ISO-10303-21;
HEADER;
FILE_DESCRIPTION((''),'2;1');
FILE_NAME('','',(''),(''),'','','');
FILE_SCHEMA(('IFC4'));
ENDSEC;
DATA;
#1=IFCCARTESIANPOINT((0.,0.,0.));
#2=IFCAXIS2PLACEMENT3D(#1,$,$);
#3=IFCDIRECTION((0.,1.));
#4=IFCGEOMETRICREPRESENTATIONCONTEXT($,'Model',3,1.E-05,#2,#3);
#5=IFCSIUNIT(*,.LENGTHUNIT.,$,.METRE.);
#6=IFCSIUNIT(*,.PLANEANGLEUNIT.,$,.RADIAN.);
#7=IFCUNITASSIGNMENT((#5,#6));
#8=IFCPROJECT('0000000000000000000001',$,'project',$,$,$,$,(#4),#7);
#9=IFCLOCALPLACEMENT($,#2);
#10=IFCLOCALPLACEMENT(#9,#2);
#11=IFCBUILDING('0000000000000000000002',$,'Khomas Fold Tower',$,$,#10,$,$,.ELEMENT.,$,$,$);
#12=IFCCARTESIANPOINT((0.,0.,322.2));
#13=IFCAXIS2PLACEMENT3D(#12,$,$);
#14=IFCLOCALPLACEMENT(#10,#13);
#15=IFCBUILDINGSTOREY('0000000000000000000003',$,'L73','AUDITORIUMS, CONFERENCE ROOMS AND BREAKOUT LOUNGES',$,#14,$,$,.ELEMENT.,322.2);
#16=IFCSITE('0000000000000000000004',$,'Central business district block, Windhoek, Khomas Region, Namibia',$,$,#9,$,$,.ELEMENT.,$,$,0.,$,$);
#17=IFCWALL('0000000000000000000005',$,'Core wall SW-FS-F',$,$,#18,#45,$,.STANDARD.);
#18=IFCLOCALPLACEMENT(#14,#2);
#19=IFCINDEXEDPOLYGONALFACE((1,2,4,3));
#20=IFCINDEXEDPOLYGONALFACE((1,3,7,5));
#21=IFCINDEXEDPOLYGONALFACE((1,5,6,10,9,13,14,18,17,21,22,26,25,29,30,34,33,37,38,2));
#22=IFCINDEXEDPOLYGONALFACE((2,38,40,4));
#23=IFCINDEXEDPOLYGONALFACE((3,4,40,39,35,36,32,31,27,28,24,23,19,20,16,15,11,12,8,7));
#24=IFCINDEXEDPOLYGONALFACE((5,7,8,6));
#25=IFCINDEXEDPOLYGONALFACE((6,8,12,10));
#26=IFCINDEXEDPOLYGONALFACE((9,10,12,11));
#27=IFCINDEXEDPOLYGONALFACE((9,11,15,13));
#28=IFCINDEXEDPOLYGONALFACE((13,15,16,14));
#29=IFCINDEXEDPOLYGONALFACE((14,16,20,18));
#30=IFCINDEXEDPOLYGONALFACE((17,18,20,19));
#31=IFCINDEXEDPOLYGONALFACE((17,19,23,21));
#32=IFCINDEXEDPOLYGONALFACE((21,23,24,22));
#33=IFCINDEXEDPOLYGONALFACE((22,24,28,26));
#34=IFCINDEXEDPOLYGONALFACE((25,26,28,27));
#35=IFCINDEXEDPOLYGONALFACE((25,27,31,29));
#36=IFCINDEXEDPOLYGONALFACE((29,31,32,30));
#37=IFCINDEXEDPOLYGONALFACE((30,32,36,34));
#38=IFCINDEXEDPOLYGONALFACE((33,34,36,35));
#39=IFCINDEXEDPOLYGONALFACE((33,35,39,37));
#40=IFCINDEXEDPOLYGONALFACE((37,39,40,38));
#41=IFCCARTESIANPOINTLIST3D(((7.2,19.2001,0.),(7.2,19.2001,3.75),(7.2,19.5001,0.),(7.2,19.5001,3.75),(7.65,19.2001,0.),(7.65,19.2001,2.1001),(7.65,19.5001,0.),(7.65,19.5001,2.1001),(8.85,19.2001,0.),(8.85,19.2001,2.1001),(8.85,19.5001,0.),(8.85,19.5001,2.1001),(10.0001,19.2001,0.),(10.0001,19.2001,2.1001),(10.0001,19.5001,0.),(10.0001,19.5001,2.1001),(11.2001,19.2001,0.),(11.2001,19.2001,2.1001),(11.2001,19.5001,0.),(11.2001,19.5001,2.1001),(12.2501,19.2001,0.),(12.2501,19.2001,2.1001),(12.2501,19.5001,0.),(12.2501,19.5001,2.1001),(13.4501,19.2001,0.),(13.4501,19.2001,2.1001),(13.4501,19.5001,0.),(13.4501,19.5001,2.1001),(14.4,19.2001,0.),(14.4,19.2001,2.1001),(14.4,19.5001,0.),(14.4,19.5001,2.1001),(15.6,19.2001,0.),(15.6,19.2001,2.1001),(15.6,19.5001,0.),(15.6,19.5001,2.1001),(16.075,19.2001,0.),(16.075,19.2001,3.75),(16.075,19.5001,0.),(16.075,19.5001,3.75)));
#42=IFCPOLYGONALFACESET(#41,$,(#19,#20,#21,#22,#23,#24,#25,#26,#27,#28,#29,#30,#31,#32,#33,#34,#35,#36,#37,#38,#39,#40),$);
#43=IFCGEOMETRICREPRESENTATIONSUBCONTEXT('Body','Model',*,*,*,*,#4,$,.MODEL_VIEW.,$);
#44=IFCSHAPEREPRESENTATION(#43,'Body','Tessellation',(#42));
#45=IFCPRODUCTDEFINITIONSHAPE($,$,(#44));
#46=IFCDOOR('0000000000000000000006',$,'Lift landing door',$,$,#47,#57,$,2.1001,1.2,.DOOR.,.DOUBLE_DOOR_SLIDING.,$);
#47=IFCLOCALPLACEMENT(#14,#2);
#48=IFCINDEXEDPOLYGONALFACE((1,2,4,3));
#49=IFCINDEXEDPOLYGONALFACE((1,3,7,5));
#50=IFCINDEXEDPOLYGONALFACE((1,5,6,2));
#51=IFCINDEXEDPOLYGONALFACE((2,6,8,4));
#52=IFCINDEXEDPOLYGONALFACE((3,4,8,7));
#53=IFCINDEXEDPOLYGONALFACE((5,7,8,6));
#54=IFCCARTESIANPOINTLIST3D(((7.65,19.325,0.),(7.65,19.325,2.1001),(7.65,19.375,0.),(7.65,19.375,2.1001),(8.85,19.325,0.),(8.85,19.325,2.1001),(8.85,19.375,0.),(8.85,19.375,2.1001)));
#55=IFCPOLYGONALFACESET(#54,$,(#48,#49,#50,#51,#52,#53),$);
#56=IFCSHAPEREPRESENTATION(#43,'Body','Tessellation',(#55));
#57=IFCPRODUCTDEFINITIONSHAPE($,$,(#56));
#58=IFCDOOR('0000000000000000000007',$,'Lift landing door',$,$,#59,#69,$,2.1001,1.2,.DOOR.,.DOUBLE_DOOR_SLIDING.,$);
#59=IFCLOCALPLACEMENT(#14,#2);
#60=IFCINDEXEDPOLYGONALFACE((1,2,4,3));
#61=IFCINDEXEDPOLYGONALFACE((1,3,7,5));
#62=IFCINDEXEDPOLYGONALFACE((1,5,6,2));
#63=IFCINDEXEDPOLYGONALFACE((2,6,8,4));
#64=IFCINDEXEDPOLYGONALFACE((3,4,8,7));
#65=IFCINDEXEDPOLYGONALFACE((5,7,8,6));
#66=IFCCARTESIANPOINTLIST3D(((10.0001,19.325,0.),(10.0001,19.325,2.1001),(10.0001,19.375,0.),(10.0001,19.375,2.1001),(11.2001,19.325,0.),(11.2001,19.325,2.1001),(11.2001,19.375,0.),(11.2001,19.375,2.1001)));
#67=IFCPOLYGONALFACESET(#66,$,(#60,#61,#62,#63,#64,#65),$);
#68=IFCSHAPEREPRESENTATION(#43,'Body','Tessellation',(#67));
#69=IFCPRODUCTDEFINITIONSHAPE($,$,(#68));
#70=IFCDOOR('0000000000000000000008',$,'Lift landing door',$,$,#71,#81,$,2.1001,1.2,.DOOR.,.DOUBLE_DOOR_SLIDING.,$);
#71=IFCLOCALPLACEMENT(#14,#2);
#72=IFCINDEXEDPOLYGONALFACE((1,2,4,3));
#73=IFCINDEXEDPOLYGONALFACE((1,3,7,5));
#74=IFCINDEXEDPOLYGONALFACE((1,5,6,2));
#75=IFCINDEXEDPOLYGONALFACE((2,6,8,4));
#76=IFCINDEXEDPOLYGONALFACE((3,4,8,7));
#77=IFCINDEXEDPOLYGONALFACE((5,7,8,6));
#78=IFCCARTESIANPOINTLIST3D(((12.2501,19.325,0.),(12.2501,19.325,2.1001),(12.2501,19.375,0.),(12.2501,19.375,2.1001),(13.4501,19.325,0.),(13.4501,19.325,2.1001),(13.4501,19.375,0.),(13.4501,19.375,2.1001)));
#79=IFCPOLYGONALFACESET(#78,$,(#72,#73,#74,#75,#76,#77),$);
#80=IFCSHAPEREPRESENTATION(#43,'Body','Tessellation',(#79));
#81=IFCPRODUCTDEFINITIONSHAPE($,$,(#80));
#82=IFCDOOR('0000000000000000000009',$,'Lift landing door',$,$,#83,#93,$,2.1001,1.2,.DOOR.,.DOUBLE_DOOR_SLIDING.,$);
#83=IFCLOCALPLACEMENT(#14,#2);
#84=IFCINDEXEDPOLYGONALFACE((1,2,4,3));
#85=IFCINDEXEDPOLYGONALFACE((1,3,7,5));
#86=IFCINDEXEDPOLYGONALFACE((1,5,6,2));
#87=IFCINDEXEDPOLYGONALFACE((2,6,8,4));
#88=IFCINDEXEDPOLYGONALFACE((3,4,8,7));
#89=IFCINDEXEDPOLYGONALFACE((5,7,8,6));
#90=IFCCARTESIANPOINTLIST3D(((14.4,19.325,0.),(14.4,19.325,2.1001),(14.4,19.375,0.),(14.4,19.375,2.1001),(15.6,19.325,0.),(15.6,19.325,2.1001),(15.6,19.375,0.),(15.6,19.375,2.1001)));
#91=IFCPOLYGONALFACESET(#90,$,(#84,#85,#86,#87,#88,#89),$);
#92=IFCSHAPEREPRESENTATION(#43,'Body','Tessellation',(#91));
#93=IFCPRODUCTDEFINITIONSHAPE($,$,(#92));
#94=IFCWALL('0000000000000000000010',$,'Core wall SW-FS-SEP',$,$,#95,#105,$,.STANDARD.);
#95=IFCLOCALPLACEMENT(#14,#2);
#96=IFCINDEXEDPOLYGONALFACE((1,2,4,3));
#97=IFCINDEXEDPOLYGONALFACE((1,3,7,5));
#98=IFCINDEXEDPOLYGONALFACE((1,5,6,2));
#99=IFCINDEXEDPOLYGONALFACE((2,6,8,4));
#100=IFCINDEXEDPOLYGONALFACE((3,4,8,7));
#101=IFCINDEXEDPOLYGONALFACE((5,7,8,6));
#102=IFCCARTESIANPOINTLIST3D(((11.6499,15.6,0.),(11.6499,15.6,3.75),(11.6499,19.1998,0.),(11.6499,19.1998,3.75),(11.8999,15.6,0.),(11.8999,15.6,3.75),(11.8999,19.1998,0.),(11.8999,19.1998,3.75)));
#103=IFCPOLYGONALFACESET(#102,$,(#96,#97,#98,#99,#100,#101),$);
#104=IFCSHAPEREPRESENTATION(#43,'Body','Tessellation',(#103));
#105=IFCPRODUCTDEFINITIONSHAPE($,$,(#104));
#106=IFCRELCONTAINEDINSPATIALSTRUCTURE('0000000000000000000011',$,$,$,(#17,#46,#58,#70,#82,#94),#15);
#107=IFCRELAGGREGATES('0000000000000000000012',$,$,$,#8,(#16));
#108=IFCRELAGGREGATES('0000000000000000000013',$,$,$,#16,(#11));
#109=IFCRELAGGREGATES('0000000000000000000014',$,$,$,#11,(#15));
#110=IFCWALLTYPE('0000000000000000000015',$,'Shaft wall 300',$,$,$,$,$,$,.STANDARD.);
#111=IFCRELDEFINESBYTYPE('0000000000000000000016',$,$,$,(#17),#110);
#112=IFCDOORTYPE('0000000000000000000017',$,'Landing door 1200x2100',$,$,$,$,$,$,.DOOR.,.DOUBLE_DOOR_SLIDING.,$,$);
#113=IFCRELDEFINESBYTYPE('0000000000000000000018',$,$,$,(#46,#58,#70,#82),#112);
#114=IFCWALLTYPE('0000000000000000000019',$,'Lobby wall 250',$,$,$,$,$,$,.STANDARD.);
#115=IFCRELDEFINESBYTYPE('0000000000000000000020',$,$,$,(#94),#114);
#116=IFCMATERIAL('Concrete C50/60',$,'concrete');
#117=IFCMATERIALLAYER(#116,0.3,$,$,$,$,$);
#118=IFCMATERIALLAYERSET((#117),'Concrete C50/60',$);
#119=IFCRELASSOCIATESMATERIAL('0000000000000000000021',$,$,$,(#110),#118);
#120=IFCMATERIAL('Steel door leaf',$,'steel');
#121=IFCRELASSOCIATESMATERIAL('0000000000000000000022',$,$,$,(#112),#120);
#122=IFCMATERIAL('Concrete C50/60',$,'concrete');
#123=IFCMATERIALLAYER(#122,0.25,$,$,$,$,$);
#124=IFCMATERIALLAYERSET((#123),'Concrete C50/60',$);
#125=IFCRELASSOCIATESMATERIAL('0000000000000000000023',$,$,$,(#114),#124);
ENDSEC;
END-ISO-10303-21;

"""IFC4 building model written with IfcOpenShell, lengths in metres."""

from ifc_helpers import new_model, si_unit, direction, frame, frame_2d, origin, place, context, subcontext, project, spatial, rectangle, extrude, source, transform, mapped, material, layer, layer_set, type_object, element, fill, save


model = new_model("IFC4")

# Units and contexts
model_context = context("Model", 3, precision=1e-05, world=origin(), true_north=direction((0.0, 1.0)))
body_context = subcontext(model_context, "Body", "Model", "MODEL_VIEW")
ifc_project = project(units=[si_unit("LENGTHUNIT", "METRE"), si_unit("PLANEANGLEUNIT", "RADIAN")], contexts=[model_context])

# Site, building, storey
site_placement = place(None, origin())
site = spatial("IfcSite", under=ifc_project, at=site_placement, Name="Central business district block, Windhoek, Khomas Region, Namibia", CompositionType="ELEMENT", RefElevation=0.0)
building_placement = place(site_placement, origin())
building = spatial("IfcBuilding", under=site, at=building_placement, Name="Khomas Fold Tower", CompositionType="ELEMENT")
storey_placement = place(building_placement, frame((0.0, 0.0, 322.2)))
storey = spatial("IfcBuildingStorey", under=building, at=storey_placement, Name="L73", Description="AUDITORIUMS, CONFERENCE ROOMS AND BREAKOUT LOUNGES", CompositionType="ELEMENT", Elevation=322.2)

# Wall, openings, doors
ifc_material_1 = material(Name="Concrete C50/60", Category="concrete")
ifc_layer_1 = layer(ifc_material_1, 0.3)
ifc_layer_set_1 = layer_set([ifc_layer_1], Name="Concrete C50/60")
wall_type_1 = type_object("IfcWallType", Name="Shaft wall 300", PredefinedType="STANDARD", material=ifc_layer_set_1)
shared_shape_1 = source(origin(), body_context, "Body", "SweptSolid", [
    extrude(rectangle(XDim=8.875, YDim=0.3, at=frame_2d((4.4375, 0.0))), origin(), (0.0, 0.0, 1.0), 3.75),
])
wall_1_placement = place(storey_placement, frame((7.2, 19.3501, 0.0), z_axis=(0.0, 0.0, 1.0), x_axis=(1.0, 0.0, 0.0)))
wall_1 = element("IfcWall", 1, at=wall_1_placement, inside=storey, type_object=wall_type_1, Name="Core wall SW-FS-F", PredefinedType="STANDARD", context=body_context, shape_type="MappedRepresentation", body=[
    mapped(shared_shape_1, transform((0.0, 0.0, 0.0))),
])
shared_shape_2 = source(origin(), body_context, "Body", "SweptSolid", [
    extrude(rectangle(XDim=1.2, YDim=2.1001, at=frame_2d((0.6001, 1.05))), frame((0.0, 0.1599, 0.0), z_axis=(0.0, -1.0, 0.0), x_axis=(1.0, 0.0, 0.0)), (0.0, 0.0, 1.0), 0.3201),
])
opening_1_placement = place(wall_1_placement, frame((0.45, 0.0, 0.0)))
opening_1 = element("IfcOpeningElement", 2, at=opening_1_placement, cuts=wall_1, PredefinedType="OPENING", context=body_context, shape_type="MappedRepresentation", body=[
    mapped(shared_shape_2, transform((0.0, 0.0, 0.0))),
])
opening_2_placement = place(wall_1_placement, frame((2.8, 0.0, 0.0)))
opening_2 = element("IfcOpeningElement", 3, at=opening_2_placement, cuts=wall_1, PredefinedType="OPENING", context=body_context, shape_type="MappedRepresentation", body=[
    mapped(shared_shape_2, transform((0.0, 0.0, 0.0))),
])
opening_3_placement = place(wall_1_placement, frame((5.05, 0.0, 0.0)))
opening_3 = element("IfcOpeningElement", 4, at=opening_3_placement, cuts=wall_1, PredefinedType="OPENING", context=body_context, shape_type="MappedRepresentation", body=[
    mapped(shared_shape_2, transform((0.0, 0.0, 0.0))),
])
opening_4_placement = place(wall_1_placement, frame((7.2, 0.0, 0.0)))
opening_4 = element("IfcOpeningElement", 5, at=opening_4_placement, cuts=wall_1, PredefinedType="OPENING", context=body_context, shape_type="MappedRepresentation", body=[
    mapped(shared_shape_2, transform((0.0, 0.0, 0.0))),
])
ifc_material_2 = material(Name="Steel door leaf", Category="steel")
door_type_1 = type_object("IfcDoorType", Name="Landing door 1200x2100", OperationType="DOUBLE_DOOR_SLIDING", PredefinedType="DOOR", material=ifc_material_2)
shared_shape_3 = source(origin(), body_context, "Body", "SweptSolid", [
    extrude(rectangle(XDim=1.2, YDim=2.1001, at=frame_2d((0.6001, 1.05))), frame((0.0, 0.0249, 0.0), z_axis=(0.0, -1.0, 0.0), x_axis=(1.0, 0.0, 0.0)), (0.0, 0.0, 1.0), 0.05),
])
door_1_placement = place(opening_1_placement, origin())
door_1 = element("IfcDoor", 6, at=door_1_placement, inside=storey, type_object=door_type_1, Name="Lift landing door", OperationType="DOUBLE_DOOR_SLIDING", OverallHeight=2.1001, OverallWidth=1.2, PredefinedType="DOOR", context=body_context, shape_type="MappedRepresentation", body=[
    mapped(shared_shape_3, transform((0.0, 0.0, 0.0))),
])
fill(opening_1, door_1)
door_2_placement = place(opening_2_placement, origin())
door_2 = element("IfcDoor", 7, at=door_2_placement, inside=storey, type_object=door_type_1, Name="Lift landing door", OperationType="DOUBLE_DOOR_SLIDING", OverallHeight=2.1001, OverallWidth=1.2, PredefinedType="DOOR", context=body_context, shape_type="MappedRepresentation", body=[
    mapped(shared_shape_3, transform((0.0, 0.0, 0.0))),
])
fill(opening_2, door_2)
door_3_placement = place(opening_3_placement, origin())
door_3 = element("IfcDoor", 8, at=door_3_placement, inside=storey, type_object=door_type_1, Name="Lift landing door", OperationType="DOUBLE_DOOR_SLIDING", OverallHeight=2.1001, OverallWidth=1.2, PredefinedType="DOOR", context=body_context, shape_type="MappedRepresentation", body=[
    mapped(shared_shape_3, transform((0.0, 0.0, 0.0))),
])
fill(opening_3, door_3)
door_4_placement = place(opening_4_placement, origin())
door_4 = element("IfcDoor", 9, at=door_4_placement, inside=storey, type_object=door_type_1, Name="Lift landing door", OperationType="DOUBLE_DOOR_SLIDING", OverallHeight=2.1001, OverallWidth=1.2, PredefinedType="DOOR", context=body_context, shape_type="MappedRepresentation", body=[
    mapped(shared_shape_3, transform((0.0, 0.0, 0.0))),
])
fill(opening_4, door_4)

# Wall
ifc_material_3 = material(Name="Concrete C50/60", Category="concrete")
ifc_layer_2 = layer(ifc_material_3, 0.25)
ifc_layer_set_2 = layer_set([ifc_layer_2], Name="Concrete C50/60")
wall_type_2 = type_object("IfcWallType", Name="Lobby wall 250", PredefinedType="STANDARD", material=ifc_layer_set_2)
shared_shape_4 = source(origin(), body_context, "Body", "SweptSolid", [
    extrude(rectangle(XDim=3.5999, YDim=0.25, at=frame_2d((1.7998, 0.0))), origin(), (0.0, 0.0, 1.0), 3.75),
])
wall_2_placement = place(storey_placement, frame((11.7749, 15.6001, 0.0), z_axis=(0.0, 0.0, 1.0), x_axis=(0.0, 1.0, 0.0)))
element("IfcWall", 10, at=wall_2_placement, inside=storey, type_object=wall_type_2, Name="Core wall SW-FS-SEP", PredefinedType="STANDARD", context=body_context, shape_type="MappedRepresentation", body=[
    mapped(shared_shape_4, transform((0.0, 0.0, 0.0))),
])

save(model, "model.ifc")
